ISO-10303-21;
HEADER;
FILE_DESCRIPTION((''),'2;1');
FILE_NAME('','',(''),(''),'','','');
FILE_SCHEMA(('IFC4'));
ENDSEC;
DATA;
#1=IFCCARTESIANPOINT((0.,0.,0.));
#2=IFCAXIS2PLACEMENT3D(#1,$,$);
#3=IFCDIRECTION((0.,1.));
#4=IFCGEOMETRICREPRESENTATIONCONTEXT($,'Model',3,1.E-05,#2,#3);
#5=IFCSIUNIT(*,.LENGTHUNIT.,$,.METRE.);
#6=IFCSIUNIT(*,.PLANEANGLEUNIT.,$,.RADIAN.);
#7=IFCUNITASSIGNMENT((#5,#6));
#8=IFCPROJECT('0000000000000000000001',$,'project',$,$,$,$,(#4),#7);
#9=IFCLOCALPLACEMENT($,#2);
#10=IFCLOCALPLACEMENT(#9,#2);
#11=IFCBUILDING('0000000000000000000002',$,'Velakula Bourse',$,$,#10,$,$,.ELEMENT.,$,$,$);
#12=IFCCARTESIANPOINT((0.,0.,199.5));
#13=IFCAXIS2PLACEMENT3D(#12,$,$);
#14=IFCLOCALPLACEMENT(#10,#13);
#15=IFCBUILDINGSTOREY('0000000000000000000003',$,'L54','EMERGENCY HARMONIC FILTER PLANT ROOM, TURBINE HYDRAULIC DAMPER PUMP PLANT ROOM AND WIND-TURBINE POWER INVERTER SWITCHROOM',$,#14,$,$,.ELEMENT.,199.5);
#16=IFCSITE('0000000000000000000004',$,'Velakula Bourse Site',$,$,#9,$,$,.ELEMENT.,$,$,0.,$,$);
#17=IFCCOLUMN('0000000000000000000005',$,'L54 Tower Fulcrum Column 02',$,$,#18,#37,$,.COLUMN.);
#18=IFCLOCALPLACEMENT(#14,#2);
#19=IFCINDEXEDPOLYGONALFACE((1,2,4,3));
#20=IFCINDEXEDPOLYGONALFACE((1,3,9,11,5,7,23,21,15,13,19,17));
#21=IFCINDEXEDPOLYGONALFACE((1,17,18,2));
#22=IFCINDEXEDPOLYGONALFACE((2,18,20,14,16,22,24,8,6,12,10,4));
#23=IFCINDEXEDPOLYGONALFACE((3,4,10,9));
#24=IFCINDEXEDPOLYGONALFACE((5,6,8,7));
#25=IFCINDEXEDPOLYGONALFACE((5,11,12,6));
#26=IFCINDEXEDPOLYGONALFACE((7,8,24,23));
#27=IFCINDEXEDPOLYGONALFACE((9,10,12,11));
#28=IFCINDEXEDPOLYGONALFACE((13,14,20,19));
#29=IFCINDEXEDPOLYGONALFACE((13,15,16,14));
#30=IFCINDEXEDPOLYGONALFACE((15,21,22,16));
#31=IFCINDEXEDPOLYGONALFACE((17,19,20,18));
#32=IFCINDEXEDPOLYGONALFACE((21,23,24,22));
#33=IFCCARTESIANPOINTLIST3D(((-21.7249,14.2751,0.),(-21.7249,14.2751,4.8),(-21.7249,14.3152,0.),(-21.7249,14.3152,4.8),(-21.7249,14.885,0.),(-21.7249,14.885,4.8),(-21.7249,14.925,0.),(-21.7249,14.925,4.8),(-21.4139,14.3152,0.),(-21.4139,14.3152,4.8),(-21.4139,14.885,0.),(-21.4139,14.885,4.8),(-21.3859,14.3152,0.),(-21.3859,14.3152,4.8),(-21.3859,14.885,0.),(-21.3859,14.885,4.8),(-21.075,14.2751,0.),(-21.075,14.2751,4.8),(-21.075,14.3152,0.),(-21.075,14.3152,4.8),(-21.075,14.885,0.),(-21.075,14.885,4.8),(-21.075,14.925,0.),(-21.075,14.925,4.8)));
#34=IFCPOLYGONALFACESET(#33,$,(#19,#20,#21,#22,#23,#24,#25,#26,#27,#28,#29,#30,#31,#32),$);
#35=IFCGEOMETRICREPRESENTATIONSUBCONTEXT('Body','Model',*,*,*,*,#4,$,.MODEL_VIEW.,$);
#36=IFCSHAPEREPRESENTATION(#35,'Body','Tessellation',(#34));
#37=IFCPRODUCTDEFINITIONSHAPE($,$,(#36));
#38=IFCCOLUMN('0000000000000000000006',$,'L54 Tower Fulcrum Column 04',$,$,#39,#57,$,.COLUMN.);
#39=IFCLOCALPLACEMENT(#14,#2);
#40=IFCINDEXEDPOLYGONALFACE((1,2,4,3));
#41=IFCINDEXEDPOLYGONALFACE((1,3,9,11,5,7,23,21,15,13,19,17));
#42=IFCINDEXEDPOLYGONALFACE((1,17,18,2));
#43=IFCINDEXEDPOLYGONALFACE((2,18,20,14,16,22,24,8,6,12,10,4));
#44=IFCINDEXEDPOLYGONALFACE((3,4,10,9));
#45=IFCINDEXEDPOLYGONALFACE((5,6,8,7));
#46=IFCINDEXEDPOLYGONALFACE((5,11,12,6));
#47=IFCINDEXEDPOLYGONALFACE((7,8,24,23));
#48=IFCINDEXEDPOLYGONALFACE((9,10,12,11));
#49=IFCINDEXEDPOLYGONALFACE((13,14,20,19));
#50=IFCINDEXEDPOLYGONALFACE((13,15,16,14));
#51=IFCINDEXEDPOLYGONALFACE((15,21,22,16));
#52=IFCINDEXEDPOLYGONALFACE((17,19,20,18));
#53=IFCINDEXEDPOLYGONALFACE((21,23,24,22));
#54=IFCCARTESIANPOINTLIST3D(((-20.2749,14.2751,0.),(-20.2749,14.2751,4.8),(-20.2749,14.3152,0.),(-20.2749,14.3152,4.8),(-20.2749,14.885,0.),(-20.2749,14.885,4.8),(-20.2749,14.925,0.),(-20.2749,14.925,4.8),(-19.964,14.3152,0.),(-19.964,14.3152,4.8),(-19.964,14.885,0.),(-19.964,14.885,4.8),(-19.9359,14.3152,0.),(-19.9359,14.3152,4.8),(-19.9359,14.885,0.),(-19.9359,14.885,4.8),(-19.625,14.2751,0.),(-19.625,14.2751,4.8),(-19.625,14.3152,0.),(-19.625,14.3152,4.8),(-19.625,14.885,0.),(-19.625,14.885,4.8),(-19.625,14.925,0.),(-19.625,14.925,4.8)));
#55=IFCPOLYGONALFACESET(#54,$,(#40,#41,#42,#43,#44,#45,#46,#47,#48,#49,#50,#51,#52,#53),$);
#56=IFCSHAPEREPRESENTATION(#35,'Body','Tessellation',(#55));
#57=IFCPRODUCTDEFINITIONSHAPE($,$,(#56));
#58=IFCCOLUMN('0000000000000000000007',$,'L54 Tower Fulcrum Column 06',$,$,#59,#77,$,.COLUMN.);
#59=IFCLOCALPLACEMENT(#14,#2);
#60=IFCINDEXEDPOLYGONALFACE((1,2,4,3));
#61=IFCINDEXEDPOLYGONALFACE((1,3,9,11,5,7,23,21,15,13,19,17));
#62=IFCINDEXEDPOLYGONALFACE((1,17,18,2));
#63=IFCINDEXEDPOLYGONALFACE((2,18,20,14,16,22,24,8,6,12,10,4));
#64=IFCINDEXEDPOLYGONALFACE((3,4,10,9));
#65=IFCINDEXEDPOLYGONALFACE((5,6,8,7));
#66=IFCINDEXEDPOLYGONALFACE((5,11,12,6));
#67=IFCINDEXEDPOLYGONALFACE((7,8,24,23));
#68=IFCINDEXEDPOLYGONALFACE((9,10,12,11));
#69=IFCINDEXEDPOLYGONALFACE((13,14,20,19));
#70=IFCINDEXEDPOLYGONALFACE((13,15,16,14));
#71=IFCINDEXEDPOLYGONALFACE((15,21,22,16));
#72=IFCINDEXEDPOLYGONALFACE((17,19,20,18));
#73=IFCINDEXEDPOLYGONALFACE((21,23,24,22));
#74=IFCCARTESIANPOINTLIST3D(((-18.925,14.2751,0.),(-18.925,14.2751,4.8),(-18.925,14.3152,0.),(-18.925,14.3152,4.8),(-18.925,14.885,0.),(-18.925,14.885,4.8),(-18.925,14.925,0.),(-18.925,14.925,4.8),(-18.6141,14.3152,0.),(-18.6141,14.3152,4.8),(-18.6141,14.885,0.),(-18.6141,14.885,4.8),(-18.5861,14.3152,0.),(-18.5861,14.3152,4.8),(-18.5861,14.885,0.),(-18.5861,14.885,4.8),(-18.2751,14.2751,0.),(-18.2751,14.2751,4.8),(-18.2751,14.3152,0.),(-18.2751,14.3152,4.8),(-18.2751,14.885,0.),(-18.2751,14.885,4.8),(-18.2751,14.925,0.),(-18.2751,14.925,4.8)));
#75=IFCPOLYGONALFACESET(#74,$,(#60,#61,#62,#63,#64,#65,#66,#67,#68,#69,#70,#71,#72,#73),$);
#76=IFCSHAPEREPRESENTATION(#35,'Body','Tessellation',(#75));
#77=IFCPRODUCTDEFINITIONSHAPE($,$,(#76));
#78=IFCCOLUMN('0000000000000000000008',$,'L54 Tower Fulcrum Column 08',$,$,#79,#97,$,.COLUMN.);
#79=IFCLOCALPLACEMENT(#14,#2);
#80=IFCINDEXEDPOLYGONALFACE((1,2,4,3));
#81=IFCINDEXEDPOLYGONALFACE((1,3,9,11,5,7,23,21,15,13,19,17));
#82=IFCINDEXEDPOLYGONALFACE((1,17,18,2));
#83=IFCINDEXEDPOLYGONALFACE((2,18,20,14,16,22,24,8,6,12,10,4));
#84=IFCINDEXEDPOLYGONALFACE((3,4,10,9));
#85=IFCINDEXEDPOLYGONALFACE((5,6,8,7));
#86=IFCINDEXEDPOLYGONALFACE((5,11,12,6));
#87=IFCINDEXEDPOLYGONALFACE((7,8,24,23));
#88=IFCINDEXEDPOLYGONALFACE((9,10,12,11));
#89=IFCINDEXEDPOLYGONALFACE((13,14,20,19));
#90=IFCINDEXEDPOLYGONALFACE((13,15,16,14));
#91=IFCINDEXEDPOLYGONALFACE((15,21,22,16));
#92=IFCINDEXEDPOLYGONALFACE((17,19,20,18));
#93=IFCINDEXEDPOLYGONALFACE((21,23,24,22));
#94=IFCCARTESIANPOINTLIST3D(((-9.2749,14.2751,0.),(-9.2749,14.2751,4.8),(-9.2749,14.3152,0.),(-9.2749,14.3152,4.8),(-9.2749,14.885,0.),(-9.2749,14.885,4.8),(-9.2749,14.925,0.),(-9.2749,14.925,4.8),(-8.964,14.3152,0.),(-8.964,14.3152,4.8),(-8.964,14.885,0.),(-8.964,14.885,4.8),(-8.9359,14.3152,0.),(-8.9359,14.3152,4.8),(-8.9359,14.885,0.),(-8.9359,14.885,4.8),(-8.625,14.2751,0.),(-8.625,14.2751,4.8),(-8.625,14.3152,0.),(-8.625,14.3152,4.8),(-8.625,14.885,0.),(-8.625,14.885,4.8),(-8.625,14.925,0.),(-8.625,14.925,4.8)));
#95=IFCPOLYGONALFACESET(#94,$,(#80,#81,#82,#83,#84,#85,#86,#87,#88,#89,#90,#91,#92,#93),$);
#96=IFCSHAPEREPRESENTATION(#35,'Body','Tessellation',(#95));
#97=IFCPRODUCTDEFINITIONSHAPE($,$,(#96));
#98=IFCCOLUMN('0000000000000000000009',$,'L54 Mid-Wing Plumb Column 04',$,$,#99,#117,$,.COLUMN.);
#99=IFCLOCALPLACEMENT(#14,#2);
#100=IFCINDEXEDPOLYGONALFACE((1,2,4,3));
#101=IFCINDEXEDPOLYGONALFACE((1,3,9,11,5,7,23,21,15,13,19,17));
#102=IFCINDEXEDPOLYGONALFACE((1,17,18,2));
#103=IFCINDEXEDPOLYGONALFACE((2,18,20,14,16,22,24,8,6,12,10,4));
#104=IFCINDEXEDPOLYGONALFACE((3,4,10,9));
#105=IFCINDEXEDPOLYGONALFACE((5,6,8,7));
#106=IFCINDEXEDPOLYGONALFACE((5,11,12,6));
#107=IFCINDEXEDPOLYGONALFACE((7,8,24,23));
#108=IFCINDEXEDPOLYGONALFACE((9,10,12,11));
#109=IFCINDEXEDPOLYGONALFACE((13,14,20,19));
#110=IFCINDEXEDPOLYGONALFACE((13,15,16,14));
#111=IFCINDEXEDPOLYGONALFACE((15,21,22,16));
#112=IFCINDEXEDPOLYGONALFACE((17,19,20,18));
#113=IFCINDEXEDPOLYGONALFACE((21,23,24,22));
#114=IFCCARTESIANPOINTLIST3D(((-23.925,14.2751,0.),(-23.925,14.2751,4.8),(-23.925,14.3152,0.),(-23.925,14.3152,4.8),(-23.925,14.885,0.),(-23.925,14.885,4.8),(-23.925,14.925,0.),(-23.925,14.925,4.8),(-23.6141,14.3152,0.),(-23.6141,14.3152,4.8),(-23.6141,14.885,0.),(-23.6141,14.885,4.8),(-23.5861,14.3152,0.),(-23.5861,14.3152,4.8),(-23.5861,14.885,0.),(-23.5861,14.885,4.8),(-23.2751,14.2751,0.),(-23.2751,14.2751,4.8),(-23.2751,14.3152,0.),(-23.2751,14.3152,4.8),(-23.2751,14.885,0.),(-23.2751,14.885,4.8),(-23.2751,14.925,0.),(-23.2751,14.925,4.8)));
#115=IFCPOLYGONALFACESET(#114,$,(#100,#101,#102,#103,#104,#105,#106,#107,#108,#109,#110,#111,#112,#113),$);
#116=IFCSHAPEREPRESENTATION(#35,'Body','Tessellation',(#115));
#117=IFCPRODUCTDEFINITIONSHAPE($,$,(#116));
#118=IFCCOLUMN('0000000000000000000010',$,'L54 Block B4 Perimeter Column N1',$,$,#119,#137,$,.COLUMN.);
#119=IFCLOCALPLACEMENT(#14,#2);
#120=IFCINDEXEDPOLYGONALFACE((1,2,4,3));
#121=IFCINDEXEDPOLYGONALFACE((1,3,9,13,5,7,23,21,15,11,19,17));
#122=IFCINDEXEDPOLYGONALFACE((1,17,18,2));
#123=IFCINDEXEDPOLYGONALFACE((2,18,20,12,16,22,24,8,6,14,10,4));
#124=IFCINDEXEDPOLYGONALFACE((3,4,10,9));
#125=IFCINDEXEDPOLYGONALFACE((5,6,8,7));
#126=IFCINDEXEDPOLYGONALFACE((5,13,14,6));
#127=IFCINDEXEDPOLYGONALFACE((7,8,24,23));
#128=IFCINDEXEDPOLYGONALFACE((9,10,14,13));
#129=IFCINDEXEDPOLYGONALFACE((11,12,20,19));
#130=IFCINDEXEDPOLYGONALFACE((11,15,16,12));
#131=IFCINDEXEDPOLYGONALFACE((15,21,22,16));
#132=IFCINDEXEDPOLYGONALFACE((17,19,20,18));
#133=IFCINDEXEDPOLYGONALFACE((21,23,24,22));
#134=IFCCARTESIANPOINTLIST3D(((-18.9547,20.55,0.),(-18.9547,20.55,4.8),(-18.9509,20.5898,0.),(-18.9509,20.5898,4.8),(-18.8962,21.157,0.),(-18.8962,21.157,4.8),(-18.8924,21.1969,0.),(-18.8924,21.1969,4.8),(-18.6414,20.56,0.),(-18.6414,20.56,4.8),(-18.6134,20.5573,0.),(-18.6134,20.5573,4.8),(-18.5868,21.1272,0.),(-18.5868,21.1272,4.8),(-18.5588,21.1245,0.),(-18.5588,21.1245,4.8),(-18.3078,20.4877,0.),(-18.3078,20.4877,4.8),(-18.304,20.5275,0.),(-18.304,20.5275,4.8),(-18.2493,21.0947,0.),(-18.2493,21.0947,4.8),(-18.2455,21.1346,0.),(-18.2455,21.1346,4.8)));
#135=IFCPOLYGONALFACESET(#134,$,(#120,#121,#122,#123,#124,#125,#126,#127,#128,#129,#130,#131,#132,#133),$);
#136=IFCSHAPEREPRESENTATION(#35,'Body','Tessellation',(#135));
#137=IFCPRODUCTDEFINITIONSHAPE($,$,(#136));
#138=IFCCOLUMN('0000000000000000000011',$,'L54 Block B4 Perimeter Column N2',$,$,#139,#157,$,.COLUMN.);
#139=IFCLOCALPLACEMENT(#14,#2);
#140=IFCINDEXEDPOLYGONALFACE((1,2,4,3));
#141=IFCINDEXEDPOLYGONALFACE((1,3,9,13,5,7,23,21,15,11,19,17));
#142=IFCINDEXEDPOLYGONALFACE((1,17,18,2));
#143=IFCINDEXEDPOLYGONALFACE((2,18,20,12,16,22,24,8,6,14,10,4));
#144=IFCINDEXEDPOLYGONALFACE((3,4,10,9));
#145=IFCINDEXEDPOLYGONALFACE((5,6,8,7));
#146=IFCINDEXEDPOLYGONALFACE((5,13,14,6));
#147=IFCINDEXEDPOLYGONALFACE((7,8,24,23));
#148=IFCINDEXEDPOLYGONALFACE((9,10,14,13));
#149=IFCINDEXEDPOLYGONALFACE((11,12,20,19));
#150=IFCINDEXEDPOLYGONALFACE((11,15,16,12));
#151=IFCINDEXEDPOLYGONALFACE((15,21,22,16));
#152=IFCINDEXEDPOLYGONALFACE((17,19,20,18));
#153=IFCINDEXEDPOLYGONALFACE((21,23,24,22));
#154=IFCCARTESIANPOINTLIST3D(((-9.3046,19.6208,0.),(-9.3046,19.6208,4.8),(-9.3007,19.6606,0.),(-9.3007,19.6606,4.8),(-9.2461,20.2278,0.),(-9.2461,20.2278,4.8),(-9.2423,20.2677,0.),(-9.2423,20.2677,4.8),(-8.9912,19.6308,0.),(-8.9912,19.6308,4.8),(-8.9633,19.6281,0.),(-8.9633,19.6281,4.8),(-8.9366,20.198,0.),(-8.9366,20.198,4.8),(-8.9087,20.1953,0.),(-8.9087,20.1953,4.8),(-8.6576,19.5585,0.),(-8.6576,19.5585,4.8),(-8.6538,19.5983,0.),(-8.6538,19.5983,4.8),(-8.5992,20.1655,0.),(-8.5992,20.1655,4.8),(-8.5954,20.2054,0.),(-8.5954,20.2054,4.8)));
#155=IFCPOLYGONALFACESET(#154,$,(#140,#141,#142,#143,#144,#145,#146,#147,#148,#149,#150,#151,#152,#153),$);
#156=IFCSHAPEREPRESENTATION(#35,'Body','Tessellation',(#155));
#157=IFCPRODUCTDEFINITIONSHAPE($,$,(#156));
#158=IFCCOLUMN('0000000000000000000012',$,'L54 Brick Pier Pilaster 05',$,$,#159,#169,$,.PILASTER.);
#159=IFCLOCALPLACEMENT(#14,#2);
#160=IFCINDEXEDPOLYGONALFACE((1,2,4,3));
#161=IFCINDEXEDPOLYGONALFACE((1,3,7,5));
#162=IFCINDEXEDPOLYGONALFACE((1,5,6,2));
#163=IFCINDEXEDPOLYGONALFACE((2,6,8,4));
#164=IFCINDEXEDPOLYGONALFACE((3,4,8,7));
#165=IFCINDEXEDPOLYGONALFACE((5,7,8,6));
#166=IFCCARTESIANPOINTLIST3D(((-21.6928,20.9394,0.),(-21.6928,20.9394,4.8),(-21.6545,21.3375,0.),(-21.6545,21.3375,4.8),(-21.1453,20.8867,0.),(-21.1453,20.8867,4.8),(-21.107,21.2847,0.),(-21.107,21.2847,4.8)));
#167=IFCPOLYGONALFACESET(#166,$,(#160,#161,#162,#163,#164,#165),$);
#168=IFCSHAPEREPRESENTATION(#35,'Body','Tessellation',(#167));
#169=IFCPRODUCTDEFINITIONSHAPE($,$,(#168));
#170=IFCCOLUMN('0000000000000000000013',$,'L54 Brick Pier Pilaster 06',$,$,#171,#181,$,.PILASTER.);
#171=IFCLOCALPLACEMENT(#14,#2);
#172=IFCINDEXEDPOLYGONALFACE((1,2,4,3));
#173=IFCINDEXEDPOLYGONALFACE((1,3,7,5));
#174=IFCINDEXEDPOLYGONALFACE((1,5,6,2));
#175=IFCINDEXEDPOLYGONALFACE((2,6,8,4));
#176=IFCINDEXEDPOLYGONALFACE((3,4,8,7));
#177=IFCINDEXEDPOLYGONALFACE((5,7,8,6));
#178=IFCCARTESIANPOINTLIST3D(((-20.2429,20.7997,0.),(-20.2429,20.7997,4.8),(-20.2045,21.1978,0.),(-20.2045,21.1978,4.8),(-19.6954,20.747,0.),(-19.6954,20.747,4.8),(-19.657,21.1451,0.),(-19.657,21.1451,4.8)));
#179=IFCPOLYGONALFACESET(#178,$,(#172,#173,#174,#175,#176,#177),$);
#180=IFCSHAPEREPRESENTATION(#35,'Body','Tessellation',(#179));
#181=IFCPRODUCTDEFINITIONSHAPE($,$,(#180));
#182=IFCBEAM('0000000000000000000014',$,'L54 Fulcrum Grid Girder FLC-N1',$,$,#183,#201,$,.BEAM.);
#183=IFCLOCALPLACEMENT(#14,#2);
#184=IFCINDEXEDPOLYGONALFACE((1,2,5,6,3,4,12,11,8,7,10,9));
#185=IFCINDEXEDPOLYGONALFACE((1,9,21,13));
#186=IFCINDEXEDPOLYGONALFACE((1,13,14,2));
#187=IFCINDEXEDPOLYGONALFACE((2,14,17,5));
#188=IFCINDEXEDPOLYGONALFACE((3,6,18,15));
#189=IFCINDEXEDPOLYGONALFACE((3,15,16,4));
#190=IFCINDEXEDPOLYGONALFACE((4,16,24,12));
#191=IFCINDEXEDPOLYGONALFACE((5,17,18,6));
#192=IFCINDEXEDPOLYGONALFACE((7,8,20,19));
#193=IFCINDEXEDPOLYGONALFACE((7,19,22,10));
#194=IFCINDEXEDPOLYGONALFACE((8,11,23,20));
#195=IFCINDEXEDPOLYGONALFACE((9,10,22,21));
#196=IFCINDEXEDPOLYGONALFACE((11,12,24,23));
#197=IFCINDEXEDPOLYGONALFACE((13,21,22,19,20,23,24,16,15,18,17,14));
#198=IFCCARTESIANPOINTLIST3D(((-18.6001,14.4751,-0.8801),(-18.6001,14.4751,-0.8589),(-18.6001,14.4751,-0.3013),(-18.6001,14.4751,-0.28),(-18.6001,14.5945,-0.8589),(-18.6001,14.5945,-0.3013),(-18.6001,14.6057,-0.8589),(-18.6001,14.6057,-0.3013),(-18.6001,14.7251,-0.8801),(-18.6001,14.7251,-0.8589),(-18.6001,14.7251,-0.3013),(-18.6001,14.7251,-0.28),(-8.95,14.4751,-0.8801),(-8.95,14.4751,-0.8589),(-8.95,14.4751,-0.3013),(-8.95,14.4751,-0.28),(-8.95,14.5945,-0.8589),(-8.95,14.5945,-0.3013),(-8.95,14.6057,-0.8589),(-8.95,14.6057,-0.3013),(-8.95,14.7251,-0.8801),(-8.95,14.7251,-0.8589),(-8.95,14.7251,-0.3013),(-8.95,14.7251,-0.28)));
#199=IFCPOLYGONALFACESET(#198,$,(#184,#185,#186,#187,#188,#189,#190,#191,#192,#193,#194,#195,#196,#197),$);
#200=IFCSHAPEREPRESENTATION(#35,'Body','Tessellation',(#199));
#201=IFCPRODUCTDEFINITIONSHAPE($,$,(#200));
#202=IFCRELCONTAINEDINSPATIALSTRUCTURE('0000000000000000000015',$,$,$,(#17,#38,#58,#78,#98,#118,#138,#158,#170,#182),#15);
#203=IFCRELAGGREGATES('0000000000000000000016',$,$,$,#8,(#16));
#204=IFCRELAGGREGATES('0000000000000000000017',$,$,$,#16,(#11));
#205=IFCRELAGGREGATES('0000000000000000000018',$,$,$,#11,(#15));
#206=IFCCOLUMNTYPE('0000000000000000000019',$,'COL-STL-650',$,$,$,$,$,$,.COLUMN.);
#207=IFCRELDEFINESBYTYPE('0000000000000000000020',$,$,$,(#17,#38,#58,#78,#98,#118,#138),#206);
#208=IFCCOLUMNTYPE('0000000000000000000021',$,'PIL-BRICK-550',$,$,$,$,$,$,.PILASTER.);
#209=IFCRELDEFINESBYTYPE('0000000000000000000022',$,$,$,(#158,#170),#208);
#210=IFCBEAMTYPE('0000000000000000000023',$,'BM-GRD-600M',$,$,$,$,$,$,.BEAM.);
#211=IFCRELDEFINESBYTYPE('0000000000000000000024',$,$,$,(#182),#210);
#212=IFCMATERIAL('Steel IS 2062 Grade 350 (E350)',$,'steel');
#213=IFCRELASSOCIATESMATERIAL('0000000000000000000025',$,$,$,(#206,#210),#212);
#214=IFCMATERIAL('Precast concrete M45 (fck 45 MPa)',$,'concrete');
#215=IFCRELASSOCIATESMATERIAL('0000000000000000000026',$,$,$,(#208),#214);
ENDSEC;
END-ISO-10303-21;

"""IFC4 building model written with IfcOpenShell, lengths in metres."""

from ifc_helpers import new_model, si_unit, direction, frame, origin, origin_2d, place, context, subcontext, project, spatial, rectangle, i_section, extrude, material, material_profile, profile_set, type_object, element, save


model = new_model("IFC4")

# Units and contexts
model_context = context("Model", 3, precision=1e-05, world=origin(), true_north=direction((0.0, 1.0)))
body_context = subcontext(model_context, "Body", "Model", "MODEL_VIEW")
ifc_project = project(units=[si_unit("LENGTHUNIT", "METRE"), si_unit("PLANEANGLEUNIT", "RADIAN")], contexts=[model_context])

# Site, building, storey
site_placement = place(None, origin())
site = spatial("IfcSite", under=ifc_project, at=site_placement, Name="Velakula Bourse Site", CompositionType="ELEMENT", RefElevation=0.0)
building_placement = place(site_placement, origin())
building = spatial("IfcBuilding", under=site, at=building_placement, Name="Velakula Bourse", CompositionType="ELEMENT")
storey_placement = place(building_placement, frame((0.0, 0.0, 199.5)))
storey = spatial("IfcBuildingStorey", under=building, at=storey_placement, Name="L54", Description="EMERGENCY HARMONIC FILTER PLANT ROOM, TURBINE HYDRAULIC DAMPER PUMP PLANT ROOM AND WIND-TURBINE POWER INVERTER SWITCHROOM", CompositionType="ELEMENT", Elevation=199.5)

# Columns
ifc_material_1 = material(Name="Steel IS 2062 Grade 350 (E350)", Category="steel")
ifc_material_profile_1 = material_profile(ifc_material_1, i_section(OverallWidth=0.6499, OverallDepth=0.6499, WebThickness=0.0281, FlangeThickness=0.04, at=origin_2d()), Name="Steel IS 2062 Grade 350 (E350)")
ifc_profile_set_1 = profile_set([ifc_material_profile_1], Name="Steel IS 2062 Grade 350 (E350)")
column_type_1 = type_object("IfcColumnType", Name="COL-STL-650", PredefinedType="COLUMN", material=ifc_profile_set_1)
for number, where, z_axis, x_axis, name in (
    (1, (-21.3999, 14.6001, 0.0), (0.0, 0.0, 1.0), (1.0, 0.0, 0.0), "L54 Tower Fulcrum Column 02"),
    (2, (-19.95, 14.6001, 0.0), (0.0, 0.0, 1.0), (1.0, 0.0, 0.0), "L54 Tower Fulcrum Column 04"),
    (3, (-18.6001, 14.6001, 0.0), (0.0, 0.0, 1.0), (1.0, 0.0, 0.0), "L54 Tower Fulcrum Column 06"),
    (4, (-8.95, 14.6001, 0.0), (0.0, 0.0, 1.0), (1.0, 0.0, 0.0), "L54 Tower Fulcrum Column 08"),
    (5, (-23.6001, 14.6001, 0.0), (0.0, 0.0, 1.0), (1.0, 0.0, 0.0), "L54 Mid-Wing Plumb Column 04"),
    (6, (-18.6001, 20.8423, 0.0), (0.0, 0.0, 1.0), (0.995396, -0.095846, 0.0), "L54 Block B4 Perimeter Column N1"),
    (7, (-8.95, 19.9131, 0.0), (0.0, 0.0, 1.0), (0.995396, -0.095846, 0.0), "L54 Block B4 Perimeter Column N2"),
):
    element("IfcColumn", number, at=place(storey_placement, frame(where, z_axis=z_axis, x_axis=x_axis)), inside=storey, type_object=column_type_1, Name=name, PredefinedType="COLUMN", context=body_context, shape_type="SweptSolid", body=[
        extrude(i_section(OverallWidth=0.6499, OverallDepth=0.6499, WebThickness=0.0281, FlangeThickness=0.04, at=origin_2d()), origin(), (0.0, 0.0, 1.0), 4.8),
    ])
ifc_material_2 = material(Name="Precast concrete M45 (fck 45 MPa)", Category="concrete")
ifc_material_profile_2 = material_profile(ifc_material_2, rectangle(XDim=0.55, YDim=0.3999, at=origin_2d()), Name="Precast concrete M45 (fck 45 MPa)")
ifc_profile_set_2 = profile_set([ifc_material_profile_2], Name="Precast concrete M45 (fck 45 MPa)")
column_type_2 = type_object("IfcColumnType", Name="PIL-BRICK-550", PredefinedType="PILASTER", material=ifc_profile_set_2)
for number, where, z_axis, x_axis, name in (
    (8, (-21.3999, 21.1121, 0.0), (0.0, 0.0, 1.0), (0.995396, -0.095846, 0.0), "L54 Brick Pier Pilaster 05"),
    (9, (-19.95, 20.9724, 0.0), (0.0, 0.0, 1.0), (0.995396, -0.095846, 0.0), "L54 Brick Pier Pilaster 06"),
):
    element("IfcColumn", number, at=place(storey_placement, frame(where, z_axis=z_axis, x_axis=x_axis)), inside=storey, type_object=column_type_2, Name=name, PredefinedType="PILASTER", context=body_context, shape_type="SweptSolid", body=[
        extrude(rectangle(XDim=0.55, YDim=0.3999, at=origin_2d()), origin(), (0.0, 0.0, 1.0), 4.8),
    ])

# Beam
ifc_material_profile_3 = material_profile(ifc_material_1, i_section(OverallWidth=0.25, OverallDepth=0.6001, WebThickness=0.0112, FlangeThickness=0.0212, at=origin_2d()), Name="Steel IS 2062 Grade 350 (E350)")
ifc_profile_set_3 = profile_set([ifc_material_profile_3], Name="Steel IS 2062 Grade 350 (E350)")
beam_type_1 = type_object("IfcBeamType", Name="BM-GRD-600M", PredefinedType="BEAM", material=ifc_profile_set_3)
beam_1_placement = place(storey_placement, frame((-18.6001, 14.6001, -0.5801), z_axis=(1.0, 0.0, 0.0), x_axis=(0.0, 1.0, 0.0)))
element("IfcBeam", 10, at=beam_1_placement, inside=storey, type_object=beam_type_1, Name="L54 Fulcrum Grid Girder FLC-N1", PredefinedType="BEAM", context=body_context, shape_type="SweptSolid", body=[
    extrude(i_section(OverallWidth=0.25, OverallDepth=0.6001, WebThickness=0.0112, FlangeThickness=0.0212, at=origin_2d()), origin(), (0.0, 0.0, 1.0), 9.6501),
])

save(model, "model.ifc")
